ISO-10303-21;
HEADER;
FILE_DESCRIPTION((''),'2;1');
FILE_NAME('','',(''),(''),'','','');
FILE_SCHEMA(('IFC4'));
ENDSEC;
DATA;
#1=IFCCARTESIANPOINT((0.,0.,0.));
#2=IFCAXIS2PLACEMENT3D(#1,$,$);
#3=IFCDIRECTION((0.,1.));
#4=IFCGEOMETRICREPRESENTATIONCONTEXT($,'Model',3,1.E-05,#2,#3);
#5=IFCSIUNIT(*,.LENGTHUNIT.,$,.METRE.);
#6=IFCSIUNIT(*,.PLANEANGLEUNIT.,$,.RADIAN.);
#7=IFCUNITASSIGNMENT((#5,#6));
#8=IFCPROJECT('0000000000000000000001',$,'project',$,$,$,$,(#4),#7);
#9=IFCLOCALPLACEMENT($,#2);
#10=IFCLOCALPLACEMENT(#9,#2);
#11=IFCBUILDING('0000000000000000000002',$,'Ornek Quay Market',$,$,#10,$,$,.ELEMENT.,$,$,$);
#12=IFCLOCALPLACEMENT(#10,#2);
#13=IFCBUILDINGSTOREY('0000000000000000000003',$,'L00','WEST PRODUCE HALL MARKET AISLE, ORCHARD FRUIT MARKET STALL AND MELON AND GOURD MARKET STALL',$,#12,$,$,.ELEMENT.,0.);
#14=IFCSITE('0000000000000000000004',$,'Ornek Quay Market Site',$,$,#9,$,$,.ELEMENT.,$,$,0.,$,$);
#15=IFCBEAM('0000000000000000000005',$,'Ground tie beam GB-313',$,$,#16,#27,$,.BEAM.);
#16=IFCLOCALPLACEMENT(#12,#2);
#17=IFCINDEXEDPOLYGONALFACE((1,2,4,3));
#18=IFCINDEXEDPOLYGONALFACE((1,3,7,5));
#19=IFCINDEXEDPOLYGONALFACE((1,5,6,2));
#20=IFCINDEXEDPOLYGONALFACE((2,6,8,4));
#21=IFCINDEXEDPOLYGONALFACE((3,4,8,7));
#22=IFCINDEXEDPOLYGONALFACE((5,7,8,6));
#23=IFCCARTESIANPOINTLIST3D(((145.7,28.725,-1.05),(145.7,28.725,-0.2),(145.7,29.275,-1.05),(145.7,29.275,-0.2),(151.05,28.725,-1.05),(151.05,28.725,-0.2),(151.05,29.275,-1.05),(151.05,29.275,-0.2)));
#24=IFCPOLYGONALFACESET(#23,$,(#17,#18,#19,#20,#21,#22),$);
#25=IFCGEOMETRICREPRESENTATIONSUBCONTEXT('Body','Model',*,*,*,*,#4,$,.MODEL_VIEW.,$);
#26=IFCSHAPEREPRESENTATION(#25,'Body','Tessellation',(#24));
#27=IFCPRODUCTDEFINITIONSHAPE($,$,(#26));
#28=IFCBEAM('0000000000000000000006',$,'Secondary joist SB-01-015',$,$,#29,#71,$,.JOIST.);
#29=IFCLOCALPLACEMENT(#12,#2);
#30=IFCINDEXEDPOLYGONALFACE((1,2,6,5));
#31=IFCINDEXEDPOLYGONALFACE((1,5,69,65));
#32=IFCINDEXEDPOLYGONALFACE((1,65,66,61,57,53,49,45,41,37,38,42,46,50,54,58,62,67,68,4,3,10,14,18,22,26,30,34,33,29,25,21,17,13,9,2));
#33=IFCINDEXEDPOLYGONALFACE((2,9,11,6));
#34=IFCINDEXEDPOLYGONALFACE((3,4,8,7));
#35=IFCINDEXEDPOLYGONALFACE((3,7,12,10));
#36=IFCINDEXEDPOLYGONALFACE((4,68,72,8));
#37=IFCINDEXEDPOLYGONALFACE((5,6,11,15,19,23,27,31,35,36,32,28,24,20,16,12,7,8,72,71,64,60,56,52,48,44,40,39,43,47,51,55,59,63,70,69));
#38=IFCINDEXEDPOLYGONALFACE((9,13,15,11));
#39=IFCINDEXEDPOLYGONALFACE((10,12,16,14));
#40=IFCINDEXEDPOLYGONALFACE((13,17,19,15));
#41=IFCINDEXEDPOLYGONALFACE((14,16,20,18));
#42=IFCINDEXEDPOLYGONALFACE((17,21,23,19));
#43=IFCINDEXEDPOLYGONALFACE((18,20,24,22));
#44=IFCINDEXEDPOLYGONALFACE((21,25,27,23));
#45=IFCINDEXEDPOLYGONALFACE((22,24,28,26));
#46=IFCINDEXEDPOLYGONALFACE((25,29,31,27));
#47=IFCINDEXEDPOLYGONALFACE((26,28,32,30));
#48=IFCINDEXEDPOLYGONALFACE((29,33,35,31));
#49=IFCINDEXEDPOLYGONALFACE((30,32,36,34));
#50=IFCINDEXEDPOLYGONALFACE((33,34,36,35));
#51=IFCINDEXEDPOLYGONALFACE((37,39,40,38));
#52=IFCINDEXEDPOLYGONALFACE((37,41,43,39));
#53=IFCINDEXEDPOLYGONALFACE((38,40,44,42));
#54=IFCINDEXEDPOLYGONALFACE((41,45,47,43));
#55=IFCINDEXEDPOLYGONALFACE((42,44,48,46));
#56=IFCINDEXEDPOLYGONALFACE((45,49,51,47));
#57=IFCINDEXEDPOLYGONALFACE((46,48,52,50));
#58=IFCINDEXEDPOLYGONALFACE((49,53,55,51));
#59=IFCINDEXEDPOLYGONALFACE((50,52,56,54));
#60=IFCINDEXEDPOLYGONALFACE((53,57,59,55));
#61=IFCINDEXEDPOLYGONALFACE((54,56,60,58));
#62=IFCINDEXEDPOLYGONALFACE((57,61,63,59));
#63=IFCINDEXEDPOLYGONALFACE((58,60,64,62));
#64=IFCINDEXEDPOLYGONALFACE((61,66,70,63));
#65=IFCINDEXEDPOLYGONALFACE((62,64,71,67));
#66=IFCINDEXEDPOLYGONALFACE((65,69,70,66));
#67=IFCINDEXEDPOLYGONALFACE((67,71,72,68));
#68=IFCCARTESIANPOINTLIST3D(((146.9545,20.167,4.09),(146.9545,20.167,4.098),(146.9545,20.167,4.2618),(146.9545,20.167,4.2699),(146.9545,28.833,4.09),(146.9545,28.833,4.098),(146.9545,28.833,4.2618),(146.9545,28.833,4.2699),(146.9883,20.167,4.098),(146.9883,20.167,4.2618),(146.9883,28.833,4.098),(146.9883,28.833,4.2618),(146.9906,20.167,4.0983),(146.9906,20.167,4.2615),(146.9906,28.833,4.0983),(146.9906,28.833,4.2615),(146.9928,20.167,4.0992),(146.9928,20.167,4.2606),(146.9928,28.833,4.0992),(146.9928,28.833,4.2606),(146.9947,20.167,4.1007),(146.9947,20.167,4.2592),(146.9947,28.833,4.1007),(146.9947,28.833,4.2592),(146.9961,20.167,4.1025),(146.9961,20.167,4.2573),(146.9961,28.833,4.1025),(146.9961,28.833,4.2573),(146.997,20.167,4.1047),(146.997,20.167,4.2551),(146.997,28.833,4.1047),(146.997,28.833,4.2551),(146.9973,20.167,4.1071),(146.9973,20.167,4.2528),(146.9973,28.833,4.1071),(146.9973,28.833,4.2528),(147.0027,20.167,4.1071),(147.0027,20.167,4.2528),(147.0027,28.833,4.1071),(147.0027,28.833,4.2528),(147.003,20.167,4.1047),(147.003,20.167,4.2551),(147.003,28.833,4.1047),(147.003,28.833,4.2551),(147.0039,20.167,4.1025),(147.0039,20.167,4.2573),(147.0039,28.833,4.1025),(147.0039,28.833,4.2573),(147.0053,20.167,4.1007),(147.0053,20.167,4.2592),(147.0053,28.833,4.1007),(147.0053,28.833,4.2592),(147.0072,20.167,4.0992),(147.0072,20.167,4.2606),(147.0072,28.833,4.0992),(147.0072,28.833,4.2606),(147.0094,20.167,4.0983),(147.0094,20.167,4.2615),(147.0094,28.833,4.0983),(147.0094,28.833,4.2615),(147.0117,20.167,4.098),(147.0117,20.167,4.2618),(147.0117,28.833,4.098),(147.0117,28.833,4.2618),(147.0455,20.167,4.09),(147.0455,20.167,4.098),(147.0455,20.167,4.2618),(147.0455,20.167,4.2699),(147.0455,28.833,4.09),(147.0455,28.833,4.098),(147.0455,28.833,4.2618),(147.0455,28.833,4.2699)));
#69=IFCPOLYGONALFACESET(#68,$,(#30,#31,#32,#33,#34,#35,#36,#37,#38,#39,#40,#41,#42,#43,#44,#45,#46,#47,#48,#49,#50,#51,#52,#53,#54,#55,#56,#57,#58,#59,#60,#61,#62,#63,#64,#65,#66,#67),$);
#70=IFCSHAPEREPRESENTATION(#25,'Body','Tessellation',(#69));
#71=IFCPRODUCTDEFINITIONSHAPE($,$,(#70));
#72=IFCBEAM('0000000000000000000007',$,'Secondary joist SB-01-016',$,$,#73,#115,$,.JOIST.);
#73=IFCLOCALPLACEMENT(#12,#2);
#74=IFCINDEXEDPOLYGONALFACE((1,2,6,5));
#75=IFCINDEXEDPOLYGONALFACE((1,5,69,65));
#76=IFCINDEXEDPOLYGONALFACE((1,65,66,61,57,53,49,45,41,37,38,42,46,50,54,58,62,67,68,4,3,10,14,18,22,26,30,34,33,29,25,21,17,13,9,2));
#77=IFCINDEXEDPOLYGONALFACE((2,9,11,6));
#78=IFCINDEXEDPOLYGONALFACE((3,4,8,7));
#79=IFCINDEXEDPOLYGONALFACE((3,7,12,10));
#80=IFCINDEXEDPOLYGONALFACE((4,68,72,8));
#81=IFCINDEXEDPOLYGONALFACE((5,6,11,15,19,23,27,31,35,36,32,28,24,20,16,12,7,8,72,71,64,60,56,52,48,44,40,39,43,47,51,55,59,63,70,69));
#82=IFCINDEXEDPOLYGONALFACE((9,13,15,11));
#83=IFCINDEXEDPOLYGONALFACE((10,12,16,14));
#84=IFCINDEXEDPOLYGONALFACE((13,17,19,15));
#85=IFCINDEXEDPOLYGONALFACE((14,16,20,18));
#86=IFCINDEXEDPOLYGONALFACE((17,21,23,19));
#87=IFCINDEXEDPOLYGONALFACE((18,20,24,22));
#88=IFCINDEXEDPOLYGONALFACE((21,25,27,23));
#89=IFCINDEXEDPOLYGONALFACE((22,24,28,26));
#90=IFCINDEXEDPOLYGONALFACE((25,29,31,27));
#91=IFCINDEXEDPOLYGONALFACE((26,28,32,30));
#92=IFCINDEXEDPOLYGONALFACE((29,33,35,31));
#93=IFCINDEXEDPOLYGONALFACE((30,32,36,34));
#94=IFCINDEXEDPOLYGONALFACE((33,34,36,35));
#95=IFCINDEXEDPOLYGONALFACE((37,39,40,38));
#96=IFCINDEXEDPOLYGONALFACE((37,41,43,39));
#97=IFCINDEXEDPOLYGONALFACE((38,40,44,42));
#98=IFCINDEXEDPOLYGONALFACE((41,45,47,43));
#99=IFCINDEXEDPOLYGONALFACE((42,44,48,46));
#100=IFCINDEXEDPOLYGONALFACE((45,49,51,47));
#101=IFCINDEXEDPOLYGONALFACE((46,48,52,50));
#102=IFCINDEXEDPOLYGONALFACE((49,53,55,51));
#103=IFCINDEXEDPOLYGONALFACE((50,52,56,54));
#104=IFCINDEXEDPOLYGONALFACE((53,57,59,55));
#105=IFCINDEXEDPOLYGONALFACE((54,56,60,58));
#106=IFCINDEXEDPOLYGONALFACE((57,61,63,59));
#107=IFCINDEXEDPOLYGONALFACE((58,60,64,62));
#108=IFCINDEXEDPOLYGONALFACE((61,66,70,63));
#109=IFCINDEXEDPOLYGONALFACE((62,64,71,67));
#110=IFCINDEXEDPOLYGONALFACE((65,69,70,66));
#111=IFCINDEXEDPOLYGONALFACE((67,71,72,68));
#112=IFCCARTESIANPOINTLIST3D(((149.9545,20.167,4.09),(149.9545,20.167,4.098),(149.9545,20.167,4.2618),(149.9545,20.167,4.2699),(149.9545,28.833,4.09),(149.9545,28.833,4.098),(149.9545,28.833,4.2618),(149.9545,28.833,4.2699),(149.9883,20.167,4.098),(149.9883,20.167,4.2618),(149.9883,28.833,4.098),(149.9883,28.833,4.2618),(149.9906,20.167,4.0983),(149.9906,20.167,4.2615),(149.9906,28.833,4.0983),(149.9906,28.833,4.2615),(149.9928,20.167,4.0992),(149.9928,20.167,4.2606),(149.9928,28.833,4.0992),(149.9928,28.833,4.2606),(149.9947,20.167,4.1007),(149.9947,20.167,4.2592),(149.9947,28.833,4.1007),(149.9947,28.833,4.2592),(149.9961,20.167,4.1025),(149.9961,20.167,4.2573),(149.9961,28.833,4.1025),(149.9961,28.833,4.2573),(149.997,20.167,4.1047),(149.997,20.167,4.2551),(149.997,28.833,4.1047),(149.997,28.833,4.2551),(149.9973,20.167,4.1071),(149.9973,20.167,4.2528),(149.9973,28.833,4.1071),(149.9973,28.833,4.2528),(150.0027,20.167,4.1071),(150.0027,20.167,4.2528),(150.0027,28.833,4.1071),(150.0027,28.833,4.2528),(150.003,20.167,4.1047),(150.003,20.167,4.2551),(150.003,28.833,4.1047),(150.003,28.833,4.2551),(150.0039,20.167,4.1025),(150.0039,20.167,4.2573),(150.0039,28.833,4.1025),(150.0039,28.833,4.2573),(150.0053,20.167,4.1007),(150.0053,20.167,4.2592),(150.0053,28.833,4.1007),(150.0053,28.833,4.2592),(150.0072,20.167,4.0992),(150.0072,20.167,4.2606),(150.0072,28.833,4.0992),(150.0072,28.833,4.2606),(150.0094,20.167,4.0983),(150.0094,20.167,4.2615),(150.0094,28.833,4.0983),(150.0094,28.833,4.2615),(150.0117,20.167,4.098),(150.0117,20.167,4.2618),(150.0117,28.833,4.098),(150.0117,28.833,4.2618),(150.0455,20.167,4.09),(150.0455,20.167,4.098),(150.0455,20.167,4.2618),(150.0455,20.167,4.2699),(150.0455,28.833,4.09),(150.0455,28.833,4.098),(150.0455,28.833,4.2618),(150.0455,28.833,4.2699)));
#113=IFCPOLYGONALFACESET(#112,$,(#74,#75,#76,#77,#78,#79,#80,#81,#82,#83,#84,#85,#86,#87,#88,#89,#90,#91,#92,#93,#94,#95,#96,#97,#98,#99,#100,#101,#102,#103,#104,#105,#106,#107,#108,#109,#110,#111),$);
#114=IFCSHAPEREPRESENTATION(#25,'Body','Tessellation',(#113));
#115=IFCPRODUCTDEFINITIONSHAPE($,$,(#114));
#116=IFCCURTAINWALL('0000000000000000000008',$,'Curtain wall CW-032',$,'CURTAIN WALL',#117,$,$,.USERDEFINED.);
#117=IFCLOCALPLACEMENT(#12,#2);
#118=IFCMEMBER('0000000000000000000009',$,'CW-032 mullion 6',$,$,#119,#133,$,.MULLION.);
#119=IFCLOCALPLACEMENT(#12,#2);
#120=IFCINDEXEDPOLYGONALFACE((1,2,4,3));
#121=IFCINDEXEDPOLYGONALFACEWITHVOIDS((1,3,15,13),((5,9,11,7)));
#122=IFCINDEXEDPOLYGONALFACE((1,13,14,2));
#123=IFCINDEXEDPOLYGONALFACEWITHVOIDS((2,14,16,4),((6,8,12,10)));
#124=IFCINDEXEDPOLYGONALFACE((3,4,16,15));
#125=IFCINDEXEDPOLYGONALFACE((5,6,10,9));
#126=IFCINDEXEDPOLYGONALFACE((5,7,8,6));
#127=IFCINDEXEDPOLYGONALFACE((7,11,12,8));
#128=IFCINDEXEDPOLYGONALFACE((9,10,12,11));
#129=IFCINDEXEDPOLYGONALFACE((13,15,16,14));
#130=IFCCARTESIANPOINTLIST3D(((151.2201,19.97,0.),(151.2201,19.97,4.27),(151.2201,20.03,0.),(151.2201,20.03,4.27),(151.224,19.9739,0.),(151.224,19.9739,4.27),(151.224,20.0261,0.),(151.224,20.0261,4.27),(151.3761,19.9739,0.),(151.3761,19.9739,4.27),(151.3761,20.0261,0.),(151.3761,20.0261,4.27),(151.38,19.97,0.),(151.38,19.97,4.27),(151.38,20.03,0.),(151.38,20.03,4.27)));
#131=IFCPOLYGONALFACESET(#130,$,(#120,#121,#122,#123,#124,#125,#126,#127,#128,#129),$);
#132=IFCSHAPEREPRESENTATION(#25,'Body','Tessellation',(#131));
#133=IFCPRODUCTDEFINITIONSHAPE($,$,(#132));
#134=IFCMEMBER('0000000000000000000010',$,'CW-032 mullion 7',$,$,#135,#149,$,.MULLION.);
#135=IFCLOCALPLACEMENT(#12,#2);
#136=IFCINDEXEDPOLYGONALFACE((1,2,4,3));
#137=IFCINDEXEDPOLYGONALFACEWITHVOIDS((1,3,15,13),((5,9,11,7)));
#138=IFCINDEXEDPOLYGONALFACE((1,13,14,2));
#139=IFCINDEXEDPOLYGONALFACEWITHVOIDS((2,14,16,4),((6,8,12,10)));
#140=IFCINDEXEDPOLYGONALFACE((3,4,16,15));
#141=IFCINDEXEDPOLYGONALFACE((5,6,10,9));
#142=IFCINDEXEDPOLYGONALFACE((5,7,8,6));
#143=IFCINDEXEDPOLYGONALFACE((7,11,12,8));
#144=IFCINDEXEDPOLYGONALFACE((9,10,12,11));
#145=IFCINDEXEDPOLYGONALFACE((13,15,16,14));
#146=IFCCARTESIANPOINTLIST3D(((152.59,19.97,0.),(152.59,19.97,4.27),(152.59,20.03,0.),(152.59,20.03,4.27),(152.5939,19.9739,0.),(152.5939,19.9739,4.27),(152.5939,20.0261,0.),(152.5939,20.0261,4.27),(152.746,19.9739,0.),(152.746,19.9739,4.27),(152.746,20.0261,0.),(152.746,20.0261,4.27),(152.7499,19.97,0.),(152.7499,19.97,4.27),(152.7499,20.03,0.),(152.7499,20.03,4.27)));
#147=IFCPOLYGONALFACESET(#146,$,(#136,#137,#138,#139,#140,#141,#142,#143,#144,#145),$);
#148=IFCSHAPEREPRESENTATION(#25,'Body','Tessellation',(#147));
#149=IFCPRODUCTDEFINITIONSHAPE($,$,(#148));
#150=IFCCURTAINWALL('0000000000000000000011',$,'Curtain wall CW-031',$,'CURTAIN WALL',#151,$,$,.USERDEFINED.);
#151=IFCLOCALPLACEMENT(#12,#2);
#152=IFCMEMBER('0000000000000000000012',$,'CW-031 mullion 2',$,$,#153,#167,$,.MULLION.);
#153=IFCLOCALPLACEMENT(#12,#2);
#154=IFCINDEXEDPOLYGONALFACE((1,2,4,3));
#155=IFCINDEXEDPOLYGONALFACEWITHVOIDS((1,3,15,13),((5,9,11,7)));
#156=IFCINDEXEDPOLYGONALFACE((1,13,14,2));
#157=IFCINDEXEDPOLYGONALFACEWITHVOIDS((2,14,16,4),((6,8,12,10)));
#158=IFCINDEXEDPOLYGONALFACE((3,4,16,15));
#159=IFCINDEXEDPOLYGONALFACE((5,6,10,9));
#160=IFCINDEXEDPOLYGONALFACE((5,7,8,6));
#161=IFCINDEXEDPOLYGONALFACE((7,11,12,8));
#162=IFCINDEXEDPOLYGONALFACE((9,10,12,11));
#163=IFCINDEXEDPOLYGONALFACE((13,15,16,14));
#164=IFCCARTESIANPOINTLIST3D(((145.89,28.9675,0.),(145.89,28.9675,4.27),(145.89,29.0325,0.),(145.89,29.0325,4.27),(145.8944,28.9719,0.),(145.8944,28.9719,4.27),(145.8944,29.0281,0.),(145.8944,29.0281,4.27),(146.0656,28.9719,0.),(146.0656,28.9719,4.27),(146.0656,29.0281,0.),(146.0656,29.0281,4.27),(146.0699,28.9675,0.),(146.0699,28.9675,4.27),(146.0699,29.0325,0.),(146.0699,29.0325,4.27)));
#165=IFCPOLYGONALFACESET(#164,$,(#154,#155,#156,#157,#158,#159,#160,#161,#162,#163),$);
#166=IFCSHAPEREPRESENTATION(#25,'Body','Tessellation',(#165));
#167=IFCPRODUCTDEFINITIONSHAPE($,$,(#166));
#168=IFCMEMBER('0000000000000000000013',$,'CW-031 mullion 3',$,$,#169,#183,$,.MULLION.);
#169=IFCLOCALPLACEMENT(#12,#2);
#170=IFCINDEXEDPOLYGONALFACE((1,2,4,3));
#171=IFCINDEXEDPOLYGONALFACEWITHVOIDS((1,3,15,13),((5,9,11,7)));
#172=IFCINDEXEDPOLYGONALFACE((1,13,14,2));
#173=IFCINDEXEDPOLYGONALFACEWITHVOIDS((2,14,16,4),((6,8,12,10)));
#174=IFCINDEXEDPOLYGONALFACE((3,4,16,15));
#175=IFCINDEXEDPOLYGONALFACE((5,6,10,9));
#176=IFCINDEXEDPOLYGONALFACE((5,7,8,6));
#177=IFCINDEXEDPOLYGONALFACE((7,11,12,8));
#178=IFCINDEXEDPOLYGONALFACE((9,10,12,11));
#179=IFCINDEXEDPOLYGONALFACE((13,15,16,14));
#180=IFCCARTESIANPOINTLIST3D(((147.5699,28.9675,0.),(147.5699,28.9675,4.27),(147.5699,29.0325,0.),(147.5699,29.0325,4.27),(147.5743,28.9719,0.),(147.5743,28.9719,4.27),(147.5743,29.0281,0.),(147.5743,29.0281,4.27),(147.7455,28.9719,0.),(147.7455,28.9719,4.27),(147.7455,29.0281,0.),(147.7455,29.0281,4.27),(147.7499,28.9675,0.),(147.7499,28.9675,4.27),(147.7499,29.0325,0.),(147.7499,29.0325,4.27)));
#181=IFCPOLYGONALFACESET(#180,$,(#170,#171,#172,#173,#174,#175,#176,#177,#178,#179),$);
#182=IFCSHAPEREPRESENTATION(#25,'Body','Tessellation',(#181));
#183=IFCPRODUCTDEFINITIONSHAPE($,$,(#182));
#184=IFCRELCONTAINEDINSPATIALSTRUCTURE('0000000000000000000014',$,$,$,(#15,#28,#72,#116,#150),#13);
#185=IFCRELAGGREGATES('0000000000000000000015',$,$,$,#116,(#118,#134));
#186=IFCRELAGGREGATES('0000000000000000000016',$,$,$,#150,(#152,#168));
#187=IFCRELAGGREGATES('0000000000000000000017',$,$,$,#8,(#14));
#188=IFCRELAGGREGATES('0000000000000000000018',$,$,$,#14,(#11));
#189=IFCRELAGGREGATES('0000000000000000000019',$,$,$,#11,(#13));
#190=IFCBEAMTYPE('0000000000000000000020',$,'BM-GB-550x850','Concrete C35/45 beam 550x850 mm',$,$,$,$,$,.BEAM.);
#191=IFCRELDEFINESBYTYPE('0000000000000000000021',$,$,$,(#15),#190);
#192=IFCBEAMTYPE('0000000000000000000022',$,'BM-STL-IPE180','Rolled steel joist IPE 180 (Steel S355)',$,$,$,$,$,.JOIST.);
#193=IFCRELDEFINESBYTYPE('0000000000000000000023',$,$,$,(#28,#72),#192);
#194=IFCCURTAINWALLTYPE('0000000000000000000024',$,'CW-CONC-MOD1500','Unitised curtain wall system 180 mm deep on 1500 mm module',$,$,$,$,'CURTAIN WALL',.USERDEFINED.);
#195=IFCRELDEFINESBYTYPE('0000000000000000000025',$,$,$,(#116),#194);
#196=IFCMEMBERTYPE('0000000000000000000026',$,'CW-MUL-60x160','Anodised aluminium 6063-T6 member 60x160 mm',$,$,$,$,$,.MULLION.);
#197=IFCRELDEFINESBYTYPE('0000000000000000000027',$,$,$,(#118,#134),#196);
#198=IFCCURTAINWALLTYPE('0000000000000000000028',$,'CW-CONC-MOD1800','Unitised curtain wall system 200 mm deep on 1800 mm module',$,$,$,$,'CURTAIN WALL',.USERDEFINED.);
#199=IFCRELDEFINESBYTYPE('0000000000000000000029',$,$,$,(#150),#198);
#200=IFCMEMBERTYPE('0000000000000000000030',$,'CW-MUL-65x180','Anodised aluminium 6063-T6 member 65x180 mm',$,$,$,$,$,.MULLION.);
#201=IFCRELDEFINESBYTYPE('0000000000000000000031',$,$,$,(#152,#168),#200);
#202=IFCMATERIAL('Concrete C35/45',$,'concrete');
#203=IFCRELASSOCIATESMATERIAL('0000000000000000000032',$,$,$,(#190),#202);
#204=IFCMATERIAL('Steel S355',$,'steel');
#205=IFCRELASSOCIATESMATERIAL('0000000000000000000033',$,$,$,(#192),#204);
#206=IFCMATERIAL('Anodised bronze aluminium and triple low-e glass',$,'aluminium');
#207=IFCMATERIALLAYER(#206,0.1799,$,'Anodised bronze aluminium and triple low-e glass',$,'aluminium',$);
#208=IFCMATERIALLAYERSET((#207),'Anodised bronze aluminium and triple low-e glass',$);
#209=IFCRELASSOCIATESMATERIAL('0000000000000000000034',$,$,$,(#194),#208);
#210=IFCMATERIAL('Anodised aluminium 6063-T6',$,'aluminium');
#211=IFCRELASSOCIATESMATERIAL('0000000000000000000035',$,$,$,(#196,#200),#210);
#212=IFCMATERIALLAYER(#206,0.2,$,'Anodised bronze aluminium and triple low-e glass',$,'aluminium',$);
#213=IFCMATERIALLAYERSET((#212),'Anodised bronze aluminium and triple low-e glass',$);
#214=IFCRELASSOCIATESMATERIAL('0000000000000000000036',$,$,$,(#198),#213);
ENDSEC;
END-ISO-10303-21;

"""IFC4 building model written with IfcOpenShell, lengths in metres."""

from ifc_helpers import new_model, si_unit, direction, frame, origin, origin_2d, place, context, subcontext, project, spatial, rectangle, hollow_rectangle, i_section, extrude, material, layer, layer_set, material_profile, profile_set, type_object, element, aggregate, save


model = new_model("IFC4")

# Units and contexts
model_context = context("Model", 3, precision=1e-05, world=origin(), true_north=direction((0.0, 1.0)))
body_context = subcontext(model_context, "Body", "Model", "MODEL_VIEW")
ifc_project = project(units=[si_unit("LENGTHUNIT", "METRE"), si_unit("PLANEANGLEUNIT", "RADIAN")], contexts=[model_context])

# Site, building, storey
site_placement = place(None, origin())
site = spatial("IfcSite", under=ifc_project, at=site_placement, Name="Ornek Quay Market Site", CompositionType="ELEMENT", RefElevation=0.0)
building_placement = place(site_placement, origin())
building = spatial("IfcBuilding", under=site, at=building_placement, Name="Ornek Quay Market", CompositionType="ELEMENT")
storey_placement = place(building_placement, origin())
storey = spatial("IfcBuildingStorey", under=building, at=storey_placement, Name="L00", Description="WEST PRODUCE HALL MARKET AISLE, ORCHARD FRUIT MARKET STALL AND MELON AND GOURD MARKET STALL", CompositionType="ELEMENT", Elevation=0.0)

# Shared definitions
ifc_material_1 = material(Name="Concrete C35/45", Category="concrete")

# Beams
ifc_material_profile_1 = material_profile(ifc_material_1, rectangle(XDim=0.55, YDim=0.8501, at=origin_2d()), Name="RC 550x850", Category="concrete")
ifc_profile_set_1 = profile_set([ifc_material_profile_1], Name="Concrete C35/45")
beam_type_1 = type_object("IfcBeamType", Name="BM-GB-550x850", Description="Concrete C35/45 beam 550x850 mm", PredefinedType="BEAM", material=ifc_profile_set_1)
beam_1_placement = place(storey_placement, frame((145.7, 29.0, -0.625), z_axis=(1.0, 0.0, 0.0), x_axis=(0.0, 1.0, 0.0)))
element("IfcBeam", 1, at=beam_1_placement, inside=storey, type_object=beam_type_1, Name="Ground tie beam GB-313", PredefinedType="BEAM", context=body_context, shape_type="SweptSolid", body=[
    extrude(rectangle(XDim=0.55, YDim=0.8501, at=origin_2d()), origin(), (0.0, 0.0, 1.0), 5.3501),
])
ifc_material_2 = material(Name="Steel S355", Category="steel")
ifc_material_profile_2 = material_profile(ifc_material_2, i_section(OverallWidth=0.0911, OverallDepth=0.1799, WebThickness=0.0054, FlangeThickness=0.0081, FilletRadius=0.009, at=origin_2d()), Name="IPE 180", Category="steel")
ifc_profile_set_2 = profile_set([ifc_material_profile_2], Name="Steel S355")
beam_type_2 = type_object("IfcBeamType", Name="BM-STL-IPE180", Description="Rolled steel joist IPE 180 (Steel S355)", PredefinedType="JOIST", material=ifc_profile_set_2)
for number, where, z_axis, x_axis, name in (
    (2, (147.0, 20.167, 4.1799), (0.0, 1.0, 0.0), (-1.0, 0.0, 0.0), "Secondary joist SB-01-015"),
    (3, (150.0, 20.167, 4.1799), (0.0, 1.0, 0.0), (-1.0, 0.0, 0.0), "Secondary joist SB-01-016"),
):
    element("IfcBeam", number, at=place(storey_placement, frame(where, z_axis=z_axis, x_axis=x_axis)), inside=storey, type_object=beam_type_2, Name=name, PredefinedType="JOIST", context=body_context, shape_type="SweptSolid", body=[
        extrude(i_section(OverallWidth=0.0911, OverallDepth=0.1799, WebThickness=0.0054, FlangeThickness=0.0081, FilletRadius=0.009, at=origin_2d()), origin(), (0.0, 0.0, 1.0), 8.666),
    ])

# Curtain walls, members
ifc_material_3 = material(Name="Anodised bronze aluminium and triple low-e glass", Category="aluminium")
ifc_layer_1 = layer(ifc_material_3, 0.1799, Name="Anodised bronze aluminium and triple low-e glass", Category="aluminium")
ifc_layer_set_1 = layer_set([ifc_layer_1], Name="Anodised bronze aluminium and triple low-e glass")
curtain_wall_type_1 = type_object("IfcCurtainWallType", Name="CW-CONC-MOD1500", Description="Unitised curtain wall system 180 mm deep on 1500 mm module", ElementType="CURTAIN WALL", PredefinedType="USERDEFINED", material=ifc_layer_set_1)
curtain_wall_1_placement = place(storey_placement, origin())
curtain_wall_1 = element("IfcCurtainWall", 4, at=curtain_wall_1_placement, inside=storey, type_object=curtain_wall_type_1, Name="Curtain wall CW-032", ObjectType="CURTAIN WALL", PredefinedType="USERDEFINED")
ifc_material_4 = material(Name="Anodised aluminium 6063-T6", Category="aluminium")
ifc_material_profile_3 = material_profile(ifc_material_4, hollow_rectangle(XDim=0.0601, YDim=0.1599, WallThickness=0.0039, at=origin_2d()), Name="CW-MUL-60x160", Category="aluminium")
ifc_profile_set_3 = profile_set([ifc_material_profile_3], Name="Anodised aluminium 6063-T6")
member_type_1 = type_object("IfcMemberType", Name="CW-MUL-60x160", Description="Anodised aluminium 6063-T6 member 60x160 mm", PredefinedType="MULLION", material=ifc_profile_set_3)
member_1_placement = place(storey_placement, frame((151.3, 20.0, 0.0), z_axis=(0.0, 0.0, 1.0), x_axis=(0.0, 1.0, 0.0)))
member_1 = element("IfcMember", 5, at=member_1_placement, type_object=member_type_1, Name="CW-032 mullion 6", PredefinedType="MULLION", context=body_context, shape_type="SweptSolid", body=[
    extrude(hollow_rectangle(XDim=0.0601, YDim=0.1599, WallThickness=0.0039, at=origin_2d()), origin(), (0.0, 0.0, 1.0), 4.27),
])
member_2_placement = place(storey_placement, frame((152.6699, 20.0, 0.0), z_axis=(0.0, 0.0, 1.0), x_axis=(0.0, 1.0, 0.0)))
member_2 = element("IfcMember", 6, at=member_2_placement, type_object=member_type_1, Name="CW-032 mullion 7", PredefinedType="MULLION", context=body_context, shape_type="SweptSolid", body=[
    extrude(hollow_rectangle(XDim=0.0601, YDim=0.1599, WallThickness=0.0039, at=origin_2d()), origin(), (0.0, 0.0, 1.0), 4.27),
])
ifc_layer_2 = layer(ifc_material_3, 0.2, Name="Anodised bronze aluminium and triple low-e glass", Category="aluminium")
ifc_layer_set_2 = layer_set([ifc_layer_2], Name="Anodised bronze aluminium and triple low-e glass")
curtain_wall_type_2 = type_object("IfcCurtainWallType", Name="CW-CONC-MOD1800", Description="Unitised curtain wall system 200 mm deep on 1800 mm module", ElementType="CURTAIN WALL", PredefinedType="USERDEFINED", material=ifc_layer_set_2)
curtain_wall_2_placement = place(storey_placement, origin())
curtain_wall_2 = element("IfcCurtainWall", 7, at=curtain_wall_2_placement, inside=storey, type_object=curtain_wall_type_2, Name="Curtain wall CW-031", ObjectType="CURTAIN WALL", PredefinedType="USERDEFINED")
ifc_material_profile_4 = material_profile(ifc_material_4, hollow_rectangle(XDim=0.0649, YDim=0.1799, WallThickness=0.0044, at=origin_2d()), Name="CW-MUL-65x180", Category="aluminium")
ifc_profile_set_4 = profile_set([ifc_material_profile_4], Name="Anodised aluminium 6063-T6")
member_type_2 = type_object("IfcMemberType", Name="CW-MUL-65x180", Description="Anodised aluminium 6063-T6 member 65x180 mm", PredefinedType="MULLION", material=ifc_profile_set_4)
member_3_placement = place(storey_placement, frame((145.98, 29.0, 0.0), z_axis=(0.0, 0.0, 1.0), x_axis=(0.0, 1.0, 0.0)))
member_3 = element("IfcMember", 8, at=member_3_placement, type_object=member_type_2, Name="CW-031 mullion 2", PredefinedType="MULLION", context=body_context, shape_type="SweptSolid", body=[
    extrude(hollow_rectangle(XDim=0.0649, YDim=0.1799, WallThickness=0.0044, at=origin_2d()), origin(), (0.0, 0.0, 1.0), 4.27),
])
member_4_placement = place(storey_placement, frame((147.6599, 29.0, 0.0), z_axis=(0.0, 0.0, 1.0), x_axis=(0.0, 1.0, 0.0)))
member_4 = element("IfcMember", 9, at=member_4_placement, type_object=member_type_2, Name="CW-031 mullion 3", PredefinedType="MULLION", context=body_context, shape_type="SweptSolid", body=[
    extrude(hollow_rectangle(XDim=0.0649, YDim=0.1799, WallThickness=0.0044, at=origin_2d()), origin(), (0.0, 0.0, 1.0), 4.27),
])

aggregate(curtain_wall_1, [member_1, member_2])
aggregate(curtain_wall_2, [member_3, member_4])

save(model, "model.ifc")
